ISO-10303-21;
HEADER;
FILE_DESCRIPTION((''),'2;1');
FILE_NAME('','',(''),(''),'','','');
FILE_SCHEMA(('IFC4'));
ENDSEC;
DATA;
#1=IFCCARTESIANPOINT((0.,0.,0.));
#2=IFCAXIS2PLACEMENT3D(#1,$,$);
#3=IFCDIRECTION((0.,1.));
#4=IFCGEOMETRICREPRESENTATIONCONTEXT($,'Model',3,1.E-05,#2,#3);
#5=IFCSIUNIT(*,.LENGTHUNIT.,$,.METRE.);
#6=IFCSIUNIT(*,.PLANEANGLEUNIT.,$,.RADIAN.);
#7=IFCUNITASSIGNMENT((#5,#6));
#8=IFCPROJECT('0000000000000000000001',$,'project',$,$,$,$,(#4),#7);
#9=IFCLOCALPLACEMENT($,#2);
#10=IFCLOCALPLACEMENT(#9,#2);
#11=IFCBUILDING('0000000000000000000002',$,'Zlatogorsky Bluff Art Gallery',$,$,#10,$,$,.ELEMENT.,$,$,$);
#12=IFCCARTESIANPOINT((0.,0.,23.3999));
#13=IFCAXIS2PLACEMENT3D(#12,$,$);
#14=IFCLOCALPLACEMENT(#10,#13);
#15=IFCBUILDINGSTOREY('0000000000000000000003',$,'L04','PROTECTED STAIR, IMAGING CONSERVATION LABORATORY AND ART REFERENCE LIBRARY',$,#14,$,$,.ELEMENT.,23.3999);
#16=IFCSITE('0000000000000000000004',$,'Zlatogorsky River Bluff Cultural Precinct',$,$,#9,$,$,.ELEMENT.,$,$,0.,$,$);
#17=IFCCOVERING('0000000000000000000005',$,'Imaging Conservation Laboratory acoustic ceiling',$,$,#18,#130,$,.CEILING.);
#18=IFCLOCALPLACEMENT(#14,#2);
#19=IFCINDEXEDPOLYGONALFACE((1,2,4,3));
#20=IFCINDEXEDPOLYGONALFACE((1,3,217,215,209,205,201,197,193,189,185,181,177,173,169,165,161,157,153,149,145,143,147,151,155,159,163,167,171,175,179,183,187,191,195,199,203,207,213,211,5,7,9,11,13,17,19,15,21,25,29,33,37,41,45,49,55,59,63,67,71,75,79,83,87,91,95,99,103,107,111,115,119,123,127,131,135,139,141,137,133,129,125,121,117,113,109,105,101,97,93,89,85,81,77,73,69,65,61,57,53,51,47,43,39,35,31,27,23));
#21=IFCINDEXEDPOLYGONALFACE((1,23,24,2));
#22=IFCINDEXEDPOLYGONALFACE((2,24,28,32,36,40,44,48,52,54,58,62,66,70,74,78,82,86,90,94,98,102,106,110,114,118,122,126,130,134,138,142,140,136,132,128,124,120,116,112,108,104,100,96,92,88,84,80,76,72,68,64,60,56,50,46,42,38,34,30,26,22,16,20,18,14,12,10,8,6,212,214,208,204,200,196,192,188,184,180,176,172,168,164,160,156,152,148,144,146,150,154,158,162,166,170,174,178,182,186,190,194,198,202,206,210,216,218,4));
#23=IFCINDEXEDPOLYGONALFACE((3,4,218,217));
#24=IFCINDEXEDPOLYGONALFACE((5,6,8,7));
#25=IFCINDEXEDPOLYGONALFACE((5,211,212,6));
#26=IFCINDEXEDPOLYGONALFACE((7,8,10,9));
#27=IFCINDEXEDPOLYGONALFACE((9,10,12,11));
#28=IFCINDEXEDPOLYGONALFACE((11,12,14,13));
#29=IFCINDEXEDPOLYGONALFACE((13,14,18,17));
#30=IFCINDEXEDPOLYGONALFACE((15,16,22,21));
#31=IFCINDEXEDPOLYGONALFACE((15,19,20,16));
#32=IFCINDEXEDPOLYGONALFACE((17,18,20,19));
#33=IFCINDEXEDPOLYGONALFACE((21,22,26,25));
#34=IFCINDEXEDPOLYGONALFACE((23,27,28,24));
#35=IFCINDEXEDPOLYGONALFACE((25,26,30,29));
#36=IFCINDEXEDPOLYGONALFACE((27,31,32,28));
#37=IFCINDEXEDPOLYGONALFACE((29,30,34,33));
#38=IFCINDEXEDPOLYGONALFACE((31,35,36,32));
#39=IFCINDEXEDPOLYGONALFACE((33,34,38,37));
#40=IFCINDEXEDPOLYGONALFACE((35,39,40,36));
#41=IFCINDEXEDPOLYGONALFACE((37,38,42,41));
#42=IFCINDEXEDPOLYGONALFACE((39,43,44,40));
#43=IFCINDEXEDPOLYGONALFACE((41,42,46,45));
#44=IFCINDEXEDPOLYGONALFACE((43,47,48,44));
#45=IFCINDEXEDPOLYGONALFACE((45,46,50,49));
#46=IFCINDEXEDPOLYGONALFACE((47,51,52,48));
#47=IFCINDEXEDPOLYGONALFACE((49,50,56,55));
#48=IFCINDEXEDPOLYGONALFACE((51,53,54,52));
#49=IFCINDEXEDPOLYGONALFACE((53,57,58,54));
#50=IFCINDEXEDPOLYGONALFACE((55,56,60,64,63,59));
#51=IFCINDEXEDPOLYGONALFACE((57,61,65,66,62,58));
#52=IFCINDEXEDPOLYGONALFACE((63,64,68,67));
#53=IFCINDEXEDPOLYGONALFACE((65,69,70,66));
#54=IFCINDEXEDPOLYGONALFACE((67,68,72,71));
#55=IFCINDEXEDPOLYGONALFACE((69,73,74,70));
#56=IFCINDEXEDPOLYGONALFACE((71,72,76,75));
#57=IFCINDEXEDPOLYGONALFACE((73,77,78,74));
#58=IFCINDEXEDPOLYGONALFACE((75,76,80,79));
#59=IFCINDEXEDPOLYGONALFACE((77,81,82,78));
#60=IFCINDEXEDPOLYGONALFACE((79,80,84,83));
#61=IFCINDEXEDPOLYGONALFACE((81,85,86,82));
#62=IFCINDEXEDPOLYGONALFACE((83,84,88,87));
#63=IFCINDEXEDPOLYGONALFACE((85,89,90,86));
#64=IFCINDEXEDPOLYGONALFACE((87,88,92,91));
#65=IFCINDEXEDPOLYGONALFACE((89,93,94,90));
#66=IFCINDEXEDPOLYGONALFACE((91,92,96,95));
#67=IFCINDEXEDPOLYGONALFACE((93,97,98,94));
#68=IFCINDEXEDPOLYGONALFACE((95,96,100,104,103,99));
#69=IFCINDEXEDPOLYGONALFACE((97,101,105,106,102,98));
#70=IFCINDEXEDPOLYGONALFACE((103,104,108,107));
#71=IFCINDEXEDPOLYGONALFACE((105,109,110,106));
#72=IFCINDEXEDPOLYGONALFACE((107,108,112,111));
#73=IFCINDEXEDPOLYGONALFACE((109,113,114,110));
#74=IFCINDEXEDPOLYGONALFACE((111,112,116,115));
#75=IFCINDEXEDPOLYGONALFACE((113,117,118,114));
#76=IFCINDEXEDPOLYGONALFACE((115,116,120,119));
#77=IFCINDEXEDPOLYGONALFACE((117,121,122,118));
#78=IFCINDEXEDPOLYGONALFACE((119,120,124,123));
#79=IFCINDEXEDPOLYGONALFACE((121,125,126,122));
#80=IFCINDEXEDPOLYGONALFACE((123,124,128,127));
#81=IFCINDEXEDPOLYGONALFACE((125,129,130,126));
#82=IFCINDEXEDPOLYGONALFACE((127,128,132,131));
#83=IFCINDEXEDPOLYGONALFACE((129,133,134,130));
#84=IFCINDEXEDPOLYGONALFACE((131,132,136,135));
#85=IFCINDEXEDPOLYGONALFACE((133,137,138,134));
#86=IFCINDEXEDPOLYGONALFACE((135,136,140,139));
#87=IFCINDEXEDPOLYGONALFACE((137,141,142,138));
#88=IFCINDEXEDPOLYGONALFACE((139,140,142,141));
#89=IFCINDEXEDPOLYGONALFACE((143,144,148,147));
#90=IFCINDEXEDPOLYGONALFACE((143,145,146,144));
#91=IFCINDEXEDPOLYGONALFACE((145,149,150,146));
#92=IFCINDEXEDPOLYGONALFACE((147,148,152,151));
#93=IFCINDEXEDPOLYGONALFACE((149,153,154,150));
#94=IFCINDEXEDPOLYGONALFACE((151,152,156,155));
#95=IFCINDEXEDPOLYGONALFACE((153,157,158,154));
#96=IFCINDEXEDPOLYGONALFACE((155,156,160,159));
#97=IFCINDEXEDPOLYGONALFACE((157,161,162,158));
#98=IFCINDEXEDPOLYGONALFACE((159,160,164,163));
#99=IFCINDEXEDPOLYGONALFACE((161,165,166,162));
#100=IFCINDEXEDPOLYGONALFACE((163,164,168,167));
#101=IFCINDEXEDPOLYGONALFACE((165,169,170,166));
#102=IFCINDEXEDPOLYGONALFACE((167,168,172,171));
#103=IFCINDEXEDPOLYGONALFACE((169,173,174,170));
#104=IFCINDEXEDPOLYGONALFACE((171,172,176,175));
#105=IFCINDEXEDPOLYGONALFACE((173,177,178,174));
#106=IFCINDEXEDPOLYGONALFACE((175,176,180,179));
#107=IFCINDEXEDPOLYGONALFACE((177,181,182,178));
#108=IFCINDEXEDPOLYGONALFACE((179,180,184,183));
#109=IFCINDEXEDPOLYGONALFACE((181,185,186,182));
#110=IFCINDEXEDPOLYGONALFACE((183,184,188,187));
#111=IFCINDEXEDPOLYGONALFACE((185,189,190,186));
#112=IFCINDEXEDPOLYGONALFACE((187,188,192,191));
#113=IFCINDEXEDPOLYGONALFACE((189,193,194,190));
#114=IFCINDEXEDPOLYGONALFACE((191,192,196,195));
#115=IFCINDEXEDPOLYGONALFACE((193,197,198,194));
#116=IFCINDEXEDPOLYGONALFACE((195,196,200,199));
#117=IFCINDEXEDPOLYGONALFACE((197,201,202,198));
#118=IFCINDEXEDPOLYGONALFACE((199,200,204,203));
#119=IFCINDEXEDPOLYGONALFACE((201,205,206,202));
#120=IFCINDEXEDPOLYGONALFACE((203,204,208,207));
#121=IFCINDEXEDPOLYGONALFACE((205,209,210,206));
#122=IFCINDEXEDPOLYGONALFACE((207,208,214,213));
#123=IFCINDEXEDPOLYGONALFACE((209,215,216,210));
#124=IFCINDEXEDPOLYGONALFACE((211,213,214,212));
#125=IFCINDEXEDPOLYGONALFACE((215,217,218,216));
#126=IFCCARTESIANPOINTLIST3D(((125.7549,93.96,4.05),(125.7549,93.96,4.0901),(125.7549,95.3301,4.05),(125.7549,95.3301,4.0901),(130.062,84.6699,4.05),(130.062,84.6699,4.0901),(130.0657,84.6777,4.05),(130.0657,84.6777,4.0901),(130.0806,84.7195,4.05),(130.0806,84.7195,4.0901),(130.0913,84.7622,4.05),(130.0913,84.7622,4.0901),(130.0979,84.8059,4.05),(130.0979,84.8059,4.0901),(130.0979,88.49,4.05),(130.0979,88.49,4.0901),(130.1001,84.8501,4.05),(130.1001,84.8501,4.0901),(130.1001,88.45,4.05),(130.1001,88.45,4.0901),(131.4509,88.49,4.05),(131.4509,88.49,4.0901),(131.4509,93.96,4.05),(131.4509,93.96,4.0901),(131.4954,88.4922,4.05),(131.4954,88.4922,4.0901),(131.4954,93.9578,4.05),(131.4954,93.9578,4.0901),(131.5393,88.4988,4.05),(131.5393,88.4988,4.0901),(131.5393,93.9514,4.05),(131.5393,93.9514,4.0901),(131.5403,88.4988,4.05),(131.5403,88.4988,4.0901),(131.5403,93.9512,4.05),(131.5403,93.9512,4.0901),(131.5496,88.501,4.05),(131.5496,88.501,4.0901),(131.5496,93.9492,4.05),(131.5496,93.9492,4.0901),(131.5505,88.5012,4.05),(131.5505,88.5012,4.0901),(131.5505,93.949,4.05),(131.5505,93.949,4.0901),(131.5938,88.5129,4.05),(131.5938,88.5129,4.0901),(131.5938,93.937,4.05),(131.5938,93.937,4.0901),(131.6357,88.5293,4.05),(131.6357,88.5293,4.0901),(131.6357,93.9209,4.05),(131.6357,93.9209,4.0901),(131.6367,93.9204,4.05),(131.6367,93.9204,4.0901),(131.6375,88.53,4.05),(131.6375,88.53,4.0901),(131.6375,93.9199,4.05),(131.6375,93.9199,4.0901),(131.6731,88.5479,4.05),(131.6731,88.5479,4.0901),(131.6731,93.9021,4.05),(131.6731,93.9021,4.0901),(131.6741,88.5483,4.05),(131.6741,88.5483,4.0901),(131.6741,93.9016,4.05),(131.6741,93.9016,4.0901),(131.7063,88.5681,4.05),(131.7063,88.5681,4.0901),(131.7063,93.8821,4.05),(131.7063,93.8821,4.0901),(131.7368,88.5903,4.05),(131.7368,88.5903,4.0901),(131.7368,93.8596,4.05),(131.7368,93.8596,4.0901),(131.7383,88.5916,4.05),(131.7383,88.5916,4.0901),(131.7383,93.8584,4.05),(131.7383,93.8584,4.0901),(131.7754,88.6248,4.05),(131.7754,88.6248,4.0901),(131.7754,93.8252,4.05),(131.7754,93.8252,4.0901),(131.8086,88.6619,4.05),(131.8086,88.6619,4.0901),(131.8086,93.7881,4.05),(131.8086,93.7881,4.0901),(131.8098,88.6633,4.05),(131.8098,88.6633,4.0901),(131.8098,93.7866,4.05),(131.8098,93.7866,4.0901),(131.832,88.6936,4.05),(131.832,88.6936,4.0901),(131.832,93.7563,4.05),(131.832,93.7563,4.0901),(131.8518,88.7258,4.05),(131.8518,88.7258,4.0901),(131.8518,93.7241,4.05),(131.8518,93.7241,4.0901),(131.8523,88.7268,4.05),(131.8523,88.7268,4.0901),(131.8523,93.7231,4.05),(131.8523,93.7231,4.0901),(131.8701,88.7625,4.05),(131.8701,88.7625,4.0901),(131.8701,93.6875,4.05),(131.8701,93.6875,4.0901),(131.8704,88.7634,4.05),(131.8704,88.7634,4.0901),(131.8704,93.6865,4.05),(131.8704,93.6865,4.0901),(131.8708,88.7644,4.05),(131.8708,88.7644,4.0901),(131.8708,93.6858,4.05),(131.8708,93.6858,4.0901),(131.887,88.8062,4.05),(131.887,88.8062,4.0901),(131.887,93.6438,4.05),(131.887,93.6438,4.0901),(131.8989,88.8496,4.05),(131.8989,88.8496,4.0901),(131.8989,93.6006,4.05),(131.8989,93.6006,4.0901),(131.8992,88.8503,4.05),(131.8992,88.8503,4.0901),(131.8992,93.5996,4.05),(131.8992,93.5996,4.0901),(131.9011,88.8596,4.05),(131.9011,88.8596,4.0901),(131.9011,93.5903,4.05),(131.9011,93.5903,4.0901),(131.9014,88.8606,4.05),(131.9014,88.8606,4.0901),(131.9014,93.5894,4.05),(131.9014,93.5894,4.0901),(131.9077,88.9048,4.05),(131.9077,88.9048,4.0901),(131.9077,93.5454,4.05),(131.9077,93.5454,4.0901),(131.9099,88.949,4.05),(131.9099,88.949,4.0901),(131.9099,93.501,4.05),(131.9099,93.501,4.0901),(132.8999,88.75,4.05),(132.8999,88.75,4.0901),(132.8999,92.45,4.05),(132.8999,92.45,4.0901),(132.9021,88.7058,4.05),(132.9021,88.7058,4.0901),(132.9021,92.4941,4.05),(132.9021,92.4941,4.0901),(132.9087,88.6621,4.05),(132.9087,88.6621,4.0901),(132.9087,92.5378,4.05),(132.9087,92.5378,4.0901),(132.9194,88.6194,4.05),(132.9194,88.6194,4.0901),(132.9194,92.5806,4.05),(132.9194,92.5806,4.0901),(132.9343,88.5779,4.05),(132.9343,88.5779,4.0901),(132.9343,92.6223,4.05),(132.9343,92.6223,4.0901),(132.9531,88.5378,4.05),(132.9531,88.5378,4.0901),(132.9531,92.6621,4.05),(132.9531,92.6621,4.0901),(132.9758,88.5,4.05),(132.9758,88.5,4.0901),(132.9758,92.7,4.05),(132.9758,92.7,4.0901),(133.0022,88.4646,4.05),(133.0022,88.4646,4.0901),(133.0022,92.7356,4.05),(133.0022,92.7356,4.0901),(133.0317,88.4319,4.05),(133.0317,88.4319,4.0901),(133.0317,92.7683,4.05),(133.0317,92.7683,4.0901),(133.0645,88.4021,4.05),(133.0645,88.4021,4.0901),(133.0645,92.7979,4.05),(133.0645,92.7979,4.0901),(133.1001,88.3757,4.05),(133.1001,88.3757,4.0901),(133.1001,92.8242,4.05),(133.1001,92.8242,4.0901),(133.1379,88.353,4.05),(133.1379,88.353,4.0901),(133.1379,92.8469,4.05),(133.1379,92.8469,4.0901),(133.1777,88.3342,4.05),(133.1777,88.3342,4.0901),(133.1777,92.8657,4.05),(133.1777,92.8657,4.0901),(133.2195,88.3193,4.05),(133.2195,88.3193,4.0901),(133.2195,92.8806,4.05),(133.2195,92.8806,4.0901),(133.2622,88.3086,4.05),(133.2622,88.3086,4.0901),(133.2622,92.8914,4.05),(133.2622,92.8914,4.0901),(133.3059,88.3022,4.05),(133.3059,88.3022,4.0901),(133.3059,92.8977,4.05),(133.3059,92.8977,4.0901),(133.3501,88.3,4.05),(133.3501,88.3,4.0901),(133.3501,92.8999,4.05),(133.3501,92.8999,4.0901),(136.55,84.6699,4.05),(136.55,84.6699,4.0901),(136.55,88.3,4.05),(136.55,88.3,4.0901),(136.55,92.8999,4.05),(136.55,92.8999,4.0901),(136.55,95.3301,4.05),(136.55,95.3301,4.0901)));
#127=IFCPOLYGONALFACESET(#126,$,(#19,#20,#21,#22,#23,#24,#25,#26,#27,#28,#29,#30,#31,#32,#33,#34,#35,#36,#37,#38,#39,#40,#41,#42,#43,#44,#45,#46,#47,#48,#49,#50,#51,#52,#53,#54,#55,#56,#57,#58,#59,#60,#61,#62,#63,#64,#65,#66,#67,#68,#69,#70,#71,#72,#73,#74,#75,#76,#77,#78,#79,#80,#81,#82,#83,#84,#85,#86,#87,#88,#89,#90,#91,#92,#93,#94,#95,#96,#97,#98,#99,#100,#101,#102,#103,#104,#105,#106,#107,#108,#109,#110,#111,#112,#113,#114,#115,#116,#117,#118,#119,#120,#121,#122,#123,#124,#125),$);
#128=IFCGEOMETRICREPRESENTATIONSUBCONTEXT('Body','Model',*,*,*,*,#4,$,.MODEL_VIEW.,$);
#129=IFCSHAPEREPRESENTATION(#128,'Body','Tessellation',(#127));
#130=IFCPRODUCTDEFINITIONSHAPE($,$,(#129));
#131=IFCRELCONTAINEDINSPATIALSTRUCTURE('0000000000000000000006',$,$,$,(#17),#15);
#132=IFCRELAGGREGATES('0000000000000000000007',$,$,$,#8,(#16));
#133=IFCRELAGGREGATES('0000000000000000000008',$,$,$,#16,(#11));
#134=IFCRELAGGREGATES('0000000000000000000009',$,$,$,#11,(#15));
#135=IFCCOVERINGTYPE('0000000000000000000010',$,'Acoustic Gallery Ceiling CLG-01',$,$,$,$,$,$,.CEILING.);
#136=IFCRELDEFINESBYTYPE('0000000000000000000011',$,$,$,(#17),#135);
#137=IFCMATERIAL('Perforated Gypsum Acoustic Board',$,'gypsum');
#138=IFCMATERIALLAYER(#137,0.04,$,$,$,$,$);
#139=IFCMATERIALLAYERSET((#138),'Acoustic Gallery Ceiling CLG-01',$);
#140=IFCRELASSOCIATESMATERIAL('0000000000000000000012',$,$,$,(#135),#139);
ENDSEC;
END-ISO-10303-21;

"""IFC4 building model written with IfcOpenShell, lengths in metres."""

from ifc_helpers import new_model, si_unit, direction, frame, origin, place, context, subcontext, project, spatial, polyline, outline, extrude, material, layer, layer_set, type_object, element, save


model = new_model("IFC4")

# Units and contexts
model_context = context("Model", 3, precision=1e-05, world=origin(), true_north=direction((0.0, 1.0)))
body_context = subcontext(model_context, "Body", "Model", "MODEL_VIEW")
ifc_project = project(units=[si_unit("LENGTHUNIT", "METRE"), si_unit("PLANEANGLEUNIT", "RADIAN")], contexts=[model_context])

# Site, building, storey
site_placement = place(None, origin())
site = spatial("IfcSite", under=ifc_project, at=site_placement, Name="Zlatogorsky River Bluff Cultural Precinct", CompositionType="ELEMENT", RefElevation=0.0)
building_placement = place(site_placement, origin())
building = spatial("IfcBuilding", under=site, at=building_placement, Name="Zlatogorsky Bluff Art Gallery", CompositionType="ELEMENT")
storey_placement = place(building_placement, frame((0.0, 0.0, 23.3999)))
storey = spatial("IfcBuildingStorey", under=building, at=storey_placement, Name="L04", Description="PROTECTED STAIR, IMAGING CONSERVATION LABORATORY AND ART REFERENCE LIBRARY", CompositionType="ELEMENT", Elevation=23.3999)

# Covering
ifc_material_1 = material(Name="Perforated Gypsum Acoustic Board", Category="gypsum")
ifc_layer_1 = layer(ifc_material_1, 0.04)
ifc_layer_set_1 = layer_set([ifc_layer_1], Name="Acoustic Gallery Ceiling CLG-01")
covering_type_1 = type_object("IfcCoveringType", Name="Acoustic Gallery Ceiling CLG-01", PredefinedType="CEILING", material=ifc_layer_set_1)
covering_1_placement = place(storey_placement, frame((0.0, 0.0, 4.05)))
element("IfcCovering", 1, at=covering_1_placement, inside=storey, type_object=covering_type_1, Name="Imaging Conservation Laboratory acoustic ceiling", PredefinedType="CEILING", context=body_context, shape_type="SweptSolid", body=[
    extrude(outline(polyline([(130.0657, 84.6777), (130.0806, 84.7195), (130.0913, 84.7622), (130.0979, 84.8059), (130.1001, 84.8501), (130.1001, 88.45), (130.0979, 88.49), (131.4509, 88.49), (131.4954, 88.4922), (131.5393, 88.4988), (131.5403, 88.4988), (131.5496, 88.501), (131.5505, 88.5012), (131.5938, 88.5129), (131.6357, 88.5293), (131.6375, 88.53), (131.6731, 88.5479), (131.6741, 88.5483), (131.7063, 88.5681), (131.7368, 88.5903), (131.7383, 88.5916), (131.7754, 88.6248), (131.8086, 88.6619), (131.8098, 88.6633), (131.832, 88.6936), (131.8518, 88.7258), (131.8523, 88.7268), (131.8701, 88.7625), (131.8704, 88.7634), (131.8708, 88.7644), (131.887, 88.8062), (131.8989, 88.8496), (131.8992, 88.8503), (131.9011, 88.8596), (131.9014, 88.8606), (131.9077, 88.9048), (131.9099, 88.949), (131.9099, 93.501), (131.9077, 93.5454), (131.9014, 93.5894), (131.9011, 93.5903), (131.8992, 93.5996), (131.8989, 93.6006), (131.887, 93.6438), (131.8708, 93.6858), (131.8704, 93.6865), (131.8701, 93.6875), (131.8523, 93.7231), (131.8518, 93.7241), (131.832, 93.7563), (131.8098, 93.7866), (131.8086, 93.7881), (131.7754, 93.8252), (131.7383, 93.8584), (131.7368, 93.8596), (131.7063, 93.8821), (131.6741, 93.9016), (131.6731, 93.9021), (131.6375, 93.9199), (131.6367, 93.9204), (131.6357, 93.9209), (131.5938, 93.937), (131.5505, 93.949), (131.5496, 93.9492), (131.5403, 93.9512), (131.5393, 93.9514), (131.4954, 93.9578), (131.4509, 93.96), (125.7549, 93.96), (125.7549, 95.3301), (136.55, 95.3301), (136.55, 92.8999), (133.3501, 92.8999), (133.3059, 92.8977), (133.2622, 92.8914), (133.2195, 92.8806), (133.1777, 92.8657), (133.1379, 92.8469), (133.1001, 92.8242), (133.0645, 92.7979), (133.0317, 92.7683), (133.0022, 92.7356), (132.9758, 92.7), (132.9531, 92.6621), (132.9343, 92.6223), (132.9194, 92.5806), (132.9087, 92.5378), (132.9021, 92.4941), (132.8999, 92.45), (132.8999, 88.75), (132.9021, 88.7058), (132.9087, 88.6621), (132.9194, 88.6194), (132.9343, 88.5779), (132.9531, 88.5378), (132.9758, 88.5), (133.0022, 88.4646), (133.0317, 88.4319), (133.0645, 88.4021), (133.1001, 88.3757), (133.1379, 88.353), (133.1777, 88.3342), (133.2195, 88.3193), (133.2622, 88.3086), (133.3059, 88.3022), (133.3501, 88.3), (136.55, 88.3), (136.55, 84.6699), (130.062, 84.6699), (130.0657, 84.6777)])), origin(), (0.0, 0.0, 1.0), 0.04),
])

save(model, "model.ifc")
